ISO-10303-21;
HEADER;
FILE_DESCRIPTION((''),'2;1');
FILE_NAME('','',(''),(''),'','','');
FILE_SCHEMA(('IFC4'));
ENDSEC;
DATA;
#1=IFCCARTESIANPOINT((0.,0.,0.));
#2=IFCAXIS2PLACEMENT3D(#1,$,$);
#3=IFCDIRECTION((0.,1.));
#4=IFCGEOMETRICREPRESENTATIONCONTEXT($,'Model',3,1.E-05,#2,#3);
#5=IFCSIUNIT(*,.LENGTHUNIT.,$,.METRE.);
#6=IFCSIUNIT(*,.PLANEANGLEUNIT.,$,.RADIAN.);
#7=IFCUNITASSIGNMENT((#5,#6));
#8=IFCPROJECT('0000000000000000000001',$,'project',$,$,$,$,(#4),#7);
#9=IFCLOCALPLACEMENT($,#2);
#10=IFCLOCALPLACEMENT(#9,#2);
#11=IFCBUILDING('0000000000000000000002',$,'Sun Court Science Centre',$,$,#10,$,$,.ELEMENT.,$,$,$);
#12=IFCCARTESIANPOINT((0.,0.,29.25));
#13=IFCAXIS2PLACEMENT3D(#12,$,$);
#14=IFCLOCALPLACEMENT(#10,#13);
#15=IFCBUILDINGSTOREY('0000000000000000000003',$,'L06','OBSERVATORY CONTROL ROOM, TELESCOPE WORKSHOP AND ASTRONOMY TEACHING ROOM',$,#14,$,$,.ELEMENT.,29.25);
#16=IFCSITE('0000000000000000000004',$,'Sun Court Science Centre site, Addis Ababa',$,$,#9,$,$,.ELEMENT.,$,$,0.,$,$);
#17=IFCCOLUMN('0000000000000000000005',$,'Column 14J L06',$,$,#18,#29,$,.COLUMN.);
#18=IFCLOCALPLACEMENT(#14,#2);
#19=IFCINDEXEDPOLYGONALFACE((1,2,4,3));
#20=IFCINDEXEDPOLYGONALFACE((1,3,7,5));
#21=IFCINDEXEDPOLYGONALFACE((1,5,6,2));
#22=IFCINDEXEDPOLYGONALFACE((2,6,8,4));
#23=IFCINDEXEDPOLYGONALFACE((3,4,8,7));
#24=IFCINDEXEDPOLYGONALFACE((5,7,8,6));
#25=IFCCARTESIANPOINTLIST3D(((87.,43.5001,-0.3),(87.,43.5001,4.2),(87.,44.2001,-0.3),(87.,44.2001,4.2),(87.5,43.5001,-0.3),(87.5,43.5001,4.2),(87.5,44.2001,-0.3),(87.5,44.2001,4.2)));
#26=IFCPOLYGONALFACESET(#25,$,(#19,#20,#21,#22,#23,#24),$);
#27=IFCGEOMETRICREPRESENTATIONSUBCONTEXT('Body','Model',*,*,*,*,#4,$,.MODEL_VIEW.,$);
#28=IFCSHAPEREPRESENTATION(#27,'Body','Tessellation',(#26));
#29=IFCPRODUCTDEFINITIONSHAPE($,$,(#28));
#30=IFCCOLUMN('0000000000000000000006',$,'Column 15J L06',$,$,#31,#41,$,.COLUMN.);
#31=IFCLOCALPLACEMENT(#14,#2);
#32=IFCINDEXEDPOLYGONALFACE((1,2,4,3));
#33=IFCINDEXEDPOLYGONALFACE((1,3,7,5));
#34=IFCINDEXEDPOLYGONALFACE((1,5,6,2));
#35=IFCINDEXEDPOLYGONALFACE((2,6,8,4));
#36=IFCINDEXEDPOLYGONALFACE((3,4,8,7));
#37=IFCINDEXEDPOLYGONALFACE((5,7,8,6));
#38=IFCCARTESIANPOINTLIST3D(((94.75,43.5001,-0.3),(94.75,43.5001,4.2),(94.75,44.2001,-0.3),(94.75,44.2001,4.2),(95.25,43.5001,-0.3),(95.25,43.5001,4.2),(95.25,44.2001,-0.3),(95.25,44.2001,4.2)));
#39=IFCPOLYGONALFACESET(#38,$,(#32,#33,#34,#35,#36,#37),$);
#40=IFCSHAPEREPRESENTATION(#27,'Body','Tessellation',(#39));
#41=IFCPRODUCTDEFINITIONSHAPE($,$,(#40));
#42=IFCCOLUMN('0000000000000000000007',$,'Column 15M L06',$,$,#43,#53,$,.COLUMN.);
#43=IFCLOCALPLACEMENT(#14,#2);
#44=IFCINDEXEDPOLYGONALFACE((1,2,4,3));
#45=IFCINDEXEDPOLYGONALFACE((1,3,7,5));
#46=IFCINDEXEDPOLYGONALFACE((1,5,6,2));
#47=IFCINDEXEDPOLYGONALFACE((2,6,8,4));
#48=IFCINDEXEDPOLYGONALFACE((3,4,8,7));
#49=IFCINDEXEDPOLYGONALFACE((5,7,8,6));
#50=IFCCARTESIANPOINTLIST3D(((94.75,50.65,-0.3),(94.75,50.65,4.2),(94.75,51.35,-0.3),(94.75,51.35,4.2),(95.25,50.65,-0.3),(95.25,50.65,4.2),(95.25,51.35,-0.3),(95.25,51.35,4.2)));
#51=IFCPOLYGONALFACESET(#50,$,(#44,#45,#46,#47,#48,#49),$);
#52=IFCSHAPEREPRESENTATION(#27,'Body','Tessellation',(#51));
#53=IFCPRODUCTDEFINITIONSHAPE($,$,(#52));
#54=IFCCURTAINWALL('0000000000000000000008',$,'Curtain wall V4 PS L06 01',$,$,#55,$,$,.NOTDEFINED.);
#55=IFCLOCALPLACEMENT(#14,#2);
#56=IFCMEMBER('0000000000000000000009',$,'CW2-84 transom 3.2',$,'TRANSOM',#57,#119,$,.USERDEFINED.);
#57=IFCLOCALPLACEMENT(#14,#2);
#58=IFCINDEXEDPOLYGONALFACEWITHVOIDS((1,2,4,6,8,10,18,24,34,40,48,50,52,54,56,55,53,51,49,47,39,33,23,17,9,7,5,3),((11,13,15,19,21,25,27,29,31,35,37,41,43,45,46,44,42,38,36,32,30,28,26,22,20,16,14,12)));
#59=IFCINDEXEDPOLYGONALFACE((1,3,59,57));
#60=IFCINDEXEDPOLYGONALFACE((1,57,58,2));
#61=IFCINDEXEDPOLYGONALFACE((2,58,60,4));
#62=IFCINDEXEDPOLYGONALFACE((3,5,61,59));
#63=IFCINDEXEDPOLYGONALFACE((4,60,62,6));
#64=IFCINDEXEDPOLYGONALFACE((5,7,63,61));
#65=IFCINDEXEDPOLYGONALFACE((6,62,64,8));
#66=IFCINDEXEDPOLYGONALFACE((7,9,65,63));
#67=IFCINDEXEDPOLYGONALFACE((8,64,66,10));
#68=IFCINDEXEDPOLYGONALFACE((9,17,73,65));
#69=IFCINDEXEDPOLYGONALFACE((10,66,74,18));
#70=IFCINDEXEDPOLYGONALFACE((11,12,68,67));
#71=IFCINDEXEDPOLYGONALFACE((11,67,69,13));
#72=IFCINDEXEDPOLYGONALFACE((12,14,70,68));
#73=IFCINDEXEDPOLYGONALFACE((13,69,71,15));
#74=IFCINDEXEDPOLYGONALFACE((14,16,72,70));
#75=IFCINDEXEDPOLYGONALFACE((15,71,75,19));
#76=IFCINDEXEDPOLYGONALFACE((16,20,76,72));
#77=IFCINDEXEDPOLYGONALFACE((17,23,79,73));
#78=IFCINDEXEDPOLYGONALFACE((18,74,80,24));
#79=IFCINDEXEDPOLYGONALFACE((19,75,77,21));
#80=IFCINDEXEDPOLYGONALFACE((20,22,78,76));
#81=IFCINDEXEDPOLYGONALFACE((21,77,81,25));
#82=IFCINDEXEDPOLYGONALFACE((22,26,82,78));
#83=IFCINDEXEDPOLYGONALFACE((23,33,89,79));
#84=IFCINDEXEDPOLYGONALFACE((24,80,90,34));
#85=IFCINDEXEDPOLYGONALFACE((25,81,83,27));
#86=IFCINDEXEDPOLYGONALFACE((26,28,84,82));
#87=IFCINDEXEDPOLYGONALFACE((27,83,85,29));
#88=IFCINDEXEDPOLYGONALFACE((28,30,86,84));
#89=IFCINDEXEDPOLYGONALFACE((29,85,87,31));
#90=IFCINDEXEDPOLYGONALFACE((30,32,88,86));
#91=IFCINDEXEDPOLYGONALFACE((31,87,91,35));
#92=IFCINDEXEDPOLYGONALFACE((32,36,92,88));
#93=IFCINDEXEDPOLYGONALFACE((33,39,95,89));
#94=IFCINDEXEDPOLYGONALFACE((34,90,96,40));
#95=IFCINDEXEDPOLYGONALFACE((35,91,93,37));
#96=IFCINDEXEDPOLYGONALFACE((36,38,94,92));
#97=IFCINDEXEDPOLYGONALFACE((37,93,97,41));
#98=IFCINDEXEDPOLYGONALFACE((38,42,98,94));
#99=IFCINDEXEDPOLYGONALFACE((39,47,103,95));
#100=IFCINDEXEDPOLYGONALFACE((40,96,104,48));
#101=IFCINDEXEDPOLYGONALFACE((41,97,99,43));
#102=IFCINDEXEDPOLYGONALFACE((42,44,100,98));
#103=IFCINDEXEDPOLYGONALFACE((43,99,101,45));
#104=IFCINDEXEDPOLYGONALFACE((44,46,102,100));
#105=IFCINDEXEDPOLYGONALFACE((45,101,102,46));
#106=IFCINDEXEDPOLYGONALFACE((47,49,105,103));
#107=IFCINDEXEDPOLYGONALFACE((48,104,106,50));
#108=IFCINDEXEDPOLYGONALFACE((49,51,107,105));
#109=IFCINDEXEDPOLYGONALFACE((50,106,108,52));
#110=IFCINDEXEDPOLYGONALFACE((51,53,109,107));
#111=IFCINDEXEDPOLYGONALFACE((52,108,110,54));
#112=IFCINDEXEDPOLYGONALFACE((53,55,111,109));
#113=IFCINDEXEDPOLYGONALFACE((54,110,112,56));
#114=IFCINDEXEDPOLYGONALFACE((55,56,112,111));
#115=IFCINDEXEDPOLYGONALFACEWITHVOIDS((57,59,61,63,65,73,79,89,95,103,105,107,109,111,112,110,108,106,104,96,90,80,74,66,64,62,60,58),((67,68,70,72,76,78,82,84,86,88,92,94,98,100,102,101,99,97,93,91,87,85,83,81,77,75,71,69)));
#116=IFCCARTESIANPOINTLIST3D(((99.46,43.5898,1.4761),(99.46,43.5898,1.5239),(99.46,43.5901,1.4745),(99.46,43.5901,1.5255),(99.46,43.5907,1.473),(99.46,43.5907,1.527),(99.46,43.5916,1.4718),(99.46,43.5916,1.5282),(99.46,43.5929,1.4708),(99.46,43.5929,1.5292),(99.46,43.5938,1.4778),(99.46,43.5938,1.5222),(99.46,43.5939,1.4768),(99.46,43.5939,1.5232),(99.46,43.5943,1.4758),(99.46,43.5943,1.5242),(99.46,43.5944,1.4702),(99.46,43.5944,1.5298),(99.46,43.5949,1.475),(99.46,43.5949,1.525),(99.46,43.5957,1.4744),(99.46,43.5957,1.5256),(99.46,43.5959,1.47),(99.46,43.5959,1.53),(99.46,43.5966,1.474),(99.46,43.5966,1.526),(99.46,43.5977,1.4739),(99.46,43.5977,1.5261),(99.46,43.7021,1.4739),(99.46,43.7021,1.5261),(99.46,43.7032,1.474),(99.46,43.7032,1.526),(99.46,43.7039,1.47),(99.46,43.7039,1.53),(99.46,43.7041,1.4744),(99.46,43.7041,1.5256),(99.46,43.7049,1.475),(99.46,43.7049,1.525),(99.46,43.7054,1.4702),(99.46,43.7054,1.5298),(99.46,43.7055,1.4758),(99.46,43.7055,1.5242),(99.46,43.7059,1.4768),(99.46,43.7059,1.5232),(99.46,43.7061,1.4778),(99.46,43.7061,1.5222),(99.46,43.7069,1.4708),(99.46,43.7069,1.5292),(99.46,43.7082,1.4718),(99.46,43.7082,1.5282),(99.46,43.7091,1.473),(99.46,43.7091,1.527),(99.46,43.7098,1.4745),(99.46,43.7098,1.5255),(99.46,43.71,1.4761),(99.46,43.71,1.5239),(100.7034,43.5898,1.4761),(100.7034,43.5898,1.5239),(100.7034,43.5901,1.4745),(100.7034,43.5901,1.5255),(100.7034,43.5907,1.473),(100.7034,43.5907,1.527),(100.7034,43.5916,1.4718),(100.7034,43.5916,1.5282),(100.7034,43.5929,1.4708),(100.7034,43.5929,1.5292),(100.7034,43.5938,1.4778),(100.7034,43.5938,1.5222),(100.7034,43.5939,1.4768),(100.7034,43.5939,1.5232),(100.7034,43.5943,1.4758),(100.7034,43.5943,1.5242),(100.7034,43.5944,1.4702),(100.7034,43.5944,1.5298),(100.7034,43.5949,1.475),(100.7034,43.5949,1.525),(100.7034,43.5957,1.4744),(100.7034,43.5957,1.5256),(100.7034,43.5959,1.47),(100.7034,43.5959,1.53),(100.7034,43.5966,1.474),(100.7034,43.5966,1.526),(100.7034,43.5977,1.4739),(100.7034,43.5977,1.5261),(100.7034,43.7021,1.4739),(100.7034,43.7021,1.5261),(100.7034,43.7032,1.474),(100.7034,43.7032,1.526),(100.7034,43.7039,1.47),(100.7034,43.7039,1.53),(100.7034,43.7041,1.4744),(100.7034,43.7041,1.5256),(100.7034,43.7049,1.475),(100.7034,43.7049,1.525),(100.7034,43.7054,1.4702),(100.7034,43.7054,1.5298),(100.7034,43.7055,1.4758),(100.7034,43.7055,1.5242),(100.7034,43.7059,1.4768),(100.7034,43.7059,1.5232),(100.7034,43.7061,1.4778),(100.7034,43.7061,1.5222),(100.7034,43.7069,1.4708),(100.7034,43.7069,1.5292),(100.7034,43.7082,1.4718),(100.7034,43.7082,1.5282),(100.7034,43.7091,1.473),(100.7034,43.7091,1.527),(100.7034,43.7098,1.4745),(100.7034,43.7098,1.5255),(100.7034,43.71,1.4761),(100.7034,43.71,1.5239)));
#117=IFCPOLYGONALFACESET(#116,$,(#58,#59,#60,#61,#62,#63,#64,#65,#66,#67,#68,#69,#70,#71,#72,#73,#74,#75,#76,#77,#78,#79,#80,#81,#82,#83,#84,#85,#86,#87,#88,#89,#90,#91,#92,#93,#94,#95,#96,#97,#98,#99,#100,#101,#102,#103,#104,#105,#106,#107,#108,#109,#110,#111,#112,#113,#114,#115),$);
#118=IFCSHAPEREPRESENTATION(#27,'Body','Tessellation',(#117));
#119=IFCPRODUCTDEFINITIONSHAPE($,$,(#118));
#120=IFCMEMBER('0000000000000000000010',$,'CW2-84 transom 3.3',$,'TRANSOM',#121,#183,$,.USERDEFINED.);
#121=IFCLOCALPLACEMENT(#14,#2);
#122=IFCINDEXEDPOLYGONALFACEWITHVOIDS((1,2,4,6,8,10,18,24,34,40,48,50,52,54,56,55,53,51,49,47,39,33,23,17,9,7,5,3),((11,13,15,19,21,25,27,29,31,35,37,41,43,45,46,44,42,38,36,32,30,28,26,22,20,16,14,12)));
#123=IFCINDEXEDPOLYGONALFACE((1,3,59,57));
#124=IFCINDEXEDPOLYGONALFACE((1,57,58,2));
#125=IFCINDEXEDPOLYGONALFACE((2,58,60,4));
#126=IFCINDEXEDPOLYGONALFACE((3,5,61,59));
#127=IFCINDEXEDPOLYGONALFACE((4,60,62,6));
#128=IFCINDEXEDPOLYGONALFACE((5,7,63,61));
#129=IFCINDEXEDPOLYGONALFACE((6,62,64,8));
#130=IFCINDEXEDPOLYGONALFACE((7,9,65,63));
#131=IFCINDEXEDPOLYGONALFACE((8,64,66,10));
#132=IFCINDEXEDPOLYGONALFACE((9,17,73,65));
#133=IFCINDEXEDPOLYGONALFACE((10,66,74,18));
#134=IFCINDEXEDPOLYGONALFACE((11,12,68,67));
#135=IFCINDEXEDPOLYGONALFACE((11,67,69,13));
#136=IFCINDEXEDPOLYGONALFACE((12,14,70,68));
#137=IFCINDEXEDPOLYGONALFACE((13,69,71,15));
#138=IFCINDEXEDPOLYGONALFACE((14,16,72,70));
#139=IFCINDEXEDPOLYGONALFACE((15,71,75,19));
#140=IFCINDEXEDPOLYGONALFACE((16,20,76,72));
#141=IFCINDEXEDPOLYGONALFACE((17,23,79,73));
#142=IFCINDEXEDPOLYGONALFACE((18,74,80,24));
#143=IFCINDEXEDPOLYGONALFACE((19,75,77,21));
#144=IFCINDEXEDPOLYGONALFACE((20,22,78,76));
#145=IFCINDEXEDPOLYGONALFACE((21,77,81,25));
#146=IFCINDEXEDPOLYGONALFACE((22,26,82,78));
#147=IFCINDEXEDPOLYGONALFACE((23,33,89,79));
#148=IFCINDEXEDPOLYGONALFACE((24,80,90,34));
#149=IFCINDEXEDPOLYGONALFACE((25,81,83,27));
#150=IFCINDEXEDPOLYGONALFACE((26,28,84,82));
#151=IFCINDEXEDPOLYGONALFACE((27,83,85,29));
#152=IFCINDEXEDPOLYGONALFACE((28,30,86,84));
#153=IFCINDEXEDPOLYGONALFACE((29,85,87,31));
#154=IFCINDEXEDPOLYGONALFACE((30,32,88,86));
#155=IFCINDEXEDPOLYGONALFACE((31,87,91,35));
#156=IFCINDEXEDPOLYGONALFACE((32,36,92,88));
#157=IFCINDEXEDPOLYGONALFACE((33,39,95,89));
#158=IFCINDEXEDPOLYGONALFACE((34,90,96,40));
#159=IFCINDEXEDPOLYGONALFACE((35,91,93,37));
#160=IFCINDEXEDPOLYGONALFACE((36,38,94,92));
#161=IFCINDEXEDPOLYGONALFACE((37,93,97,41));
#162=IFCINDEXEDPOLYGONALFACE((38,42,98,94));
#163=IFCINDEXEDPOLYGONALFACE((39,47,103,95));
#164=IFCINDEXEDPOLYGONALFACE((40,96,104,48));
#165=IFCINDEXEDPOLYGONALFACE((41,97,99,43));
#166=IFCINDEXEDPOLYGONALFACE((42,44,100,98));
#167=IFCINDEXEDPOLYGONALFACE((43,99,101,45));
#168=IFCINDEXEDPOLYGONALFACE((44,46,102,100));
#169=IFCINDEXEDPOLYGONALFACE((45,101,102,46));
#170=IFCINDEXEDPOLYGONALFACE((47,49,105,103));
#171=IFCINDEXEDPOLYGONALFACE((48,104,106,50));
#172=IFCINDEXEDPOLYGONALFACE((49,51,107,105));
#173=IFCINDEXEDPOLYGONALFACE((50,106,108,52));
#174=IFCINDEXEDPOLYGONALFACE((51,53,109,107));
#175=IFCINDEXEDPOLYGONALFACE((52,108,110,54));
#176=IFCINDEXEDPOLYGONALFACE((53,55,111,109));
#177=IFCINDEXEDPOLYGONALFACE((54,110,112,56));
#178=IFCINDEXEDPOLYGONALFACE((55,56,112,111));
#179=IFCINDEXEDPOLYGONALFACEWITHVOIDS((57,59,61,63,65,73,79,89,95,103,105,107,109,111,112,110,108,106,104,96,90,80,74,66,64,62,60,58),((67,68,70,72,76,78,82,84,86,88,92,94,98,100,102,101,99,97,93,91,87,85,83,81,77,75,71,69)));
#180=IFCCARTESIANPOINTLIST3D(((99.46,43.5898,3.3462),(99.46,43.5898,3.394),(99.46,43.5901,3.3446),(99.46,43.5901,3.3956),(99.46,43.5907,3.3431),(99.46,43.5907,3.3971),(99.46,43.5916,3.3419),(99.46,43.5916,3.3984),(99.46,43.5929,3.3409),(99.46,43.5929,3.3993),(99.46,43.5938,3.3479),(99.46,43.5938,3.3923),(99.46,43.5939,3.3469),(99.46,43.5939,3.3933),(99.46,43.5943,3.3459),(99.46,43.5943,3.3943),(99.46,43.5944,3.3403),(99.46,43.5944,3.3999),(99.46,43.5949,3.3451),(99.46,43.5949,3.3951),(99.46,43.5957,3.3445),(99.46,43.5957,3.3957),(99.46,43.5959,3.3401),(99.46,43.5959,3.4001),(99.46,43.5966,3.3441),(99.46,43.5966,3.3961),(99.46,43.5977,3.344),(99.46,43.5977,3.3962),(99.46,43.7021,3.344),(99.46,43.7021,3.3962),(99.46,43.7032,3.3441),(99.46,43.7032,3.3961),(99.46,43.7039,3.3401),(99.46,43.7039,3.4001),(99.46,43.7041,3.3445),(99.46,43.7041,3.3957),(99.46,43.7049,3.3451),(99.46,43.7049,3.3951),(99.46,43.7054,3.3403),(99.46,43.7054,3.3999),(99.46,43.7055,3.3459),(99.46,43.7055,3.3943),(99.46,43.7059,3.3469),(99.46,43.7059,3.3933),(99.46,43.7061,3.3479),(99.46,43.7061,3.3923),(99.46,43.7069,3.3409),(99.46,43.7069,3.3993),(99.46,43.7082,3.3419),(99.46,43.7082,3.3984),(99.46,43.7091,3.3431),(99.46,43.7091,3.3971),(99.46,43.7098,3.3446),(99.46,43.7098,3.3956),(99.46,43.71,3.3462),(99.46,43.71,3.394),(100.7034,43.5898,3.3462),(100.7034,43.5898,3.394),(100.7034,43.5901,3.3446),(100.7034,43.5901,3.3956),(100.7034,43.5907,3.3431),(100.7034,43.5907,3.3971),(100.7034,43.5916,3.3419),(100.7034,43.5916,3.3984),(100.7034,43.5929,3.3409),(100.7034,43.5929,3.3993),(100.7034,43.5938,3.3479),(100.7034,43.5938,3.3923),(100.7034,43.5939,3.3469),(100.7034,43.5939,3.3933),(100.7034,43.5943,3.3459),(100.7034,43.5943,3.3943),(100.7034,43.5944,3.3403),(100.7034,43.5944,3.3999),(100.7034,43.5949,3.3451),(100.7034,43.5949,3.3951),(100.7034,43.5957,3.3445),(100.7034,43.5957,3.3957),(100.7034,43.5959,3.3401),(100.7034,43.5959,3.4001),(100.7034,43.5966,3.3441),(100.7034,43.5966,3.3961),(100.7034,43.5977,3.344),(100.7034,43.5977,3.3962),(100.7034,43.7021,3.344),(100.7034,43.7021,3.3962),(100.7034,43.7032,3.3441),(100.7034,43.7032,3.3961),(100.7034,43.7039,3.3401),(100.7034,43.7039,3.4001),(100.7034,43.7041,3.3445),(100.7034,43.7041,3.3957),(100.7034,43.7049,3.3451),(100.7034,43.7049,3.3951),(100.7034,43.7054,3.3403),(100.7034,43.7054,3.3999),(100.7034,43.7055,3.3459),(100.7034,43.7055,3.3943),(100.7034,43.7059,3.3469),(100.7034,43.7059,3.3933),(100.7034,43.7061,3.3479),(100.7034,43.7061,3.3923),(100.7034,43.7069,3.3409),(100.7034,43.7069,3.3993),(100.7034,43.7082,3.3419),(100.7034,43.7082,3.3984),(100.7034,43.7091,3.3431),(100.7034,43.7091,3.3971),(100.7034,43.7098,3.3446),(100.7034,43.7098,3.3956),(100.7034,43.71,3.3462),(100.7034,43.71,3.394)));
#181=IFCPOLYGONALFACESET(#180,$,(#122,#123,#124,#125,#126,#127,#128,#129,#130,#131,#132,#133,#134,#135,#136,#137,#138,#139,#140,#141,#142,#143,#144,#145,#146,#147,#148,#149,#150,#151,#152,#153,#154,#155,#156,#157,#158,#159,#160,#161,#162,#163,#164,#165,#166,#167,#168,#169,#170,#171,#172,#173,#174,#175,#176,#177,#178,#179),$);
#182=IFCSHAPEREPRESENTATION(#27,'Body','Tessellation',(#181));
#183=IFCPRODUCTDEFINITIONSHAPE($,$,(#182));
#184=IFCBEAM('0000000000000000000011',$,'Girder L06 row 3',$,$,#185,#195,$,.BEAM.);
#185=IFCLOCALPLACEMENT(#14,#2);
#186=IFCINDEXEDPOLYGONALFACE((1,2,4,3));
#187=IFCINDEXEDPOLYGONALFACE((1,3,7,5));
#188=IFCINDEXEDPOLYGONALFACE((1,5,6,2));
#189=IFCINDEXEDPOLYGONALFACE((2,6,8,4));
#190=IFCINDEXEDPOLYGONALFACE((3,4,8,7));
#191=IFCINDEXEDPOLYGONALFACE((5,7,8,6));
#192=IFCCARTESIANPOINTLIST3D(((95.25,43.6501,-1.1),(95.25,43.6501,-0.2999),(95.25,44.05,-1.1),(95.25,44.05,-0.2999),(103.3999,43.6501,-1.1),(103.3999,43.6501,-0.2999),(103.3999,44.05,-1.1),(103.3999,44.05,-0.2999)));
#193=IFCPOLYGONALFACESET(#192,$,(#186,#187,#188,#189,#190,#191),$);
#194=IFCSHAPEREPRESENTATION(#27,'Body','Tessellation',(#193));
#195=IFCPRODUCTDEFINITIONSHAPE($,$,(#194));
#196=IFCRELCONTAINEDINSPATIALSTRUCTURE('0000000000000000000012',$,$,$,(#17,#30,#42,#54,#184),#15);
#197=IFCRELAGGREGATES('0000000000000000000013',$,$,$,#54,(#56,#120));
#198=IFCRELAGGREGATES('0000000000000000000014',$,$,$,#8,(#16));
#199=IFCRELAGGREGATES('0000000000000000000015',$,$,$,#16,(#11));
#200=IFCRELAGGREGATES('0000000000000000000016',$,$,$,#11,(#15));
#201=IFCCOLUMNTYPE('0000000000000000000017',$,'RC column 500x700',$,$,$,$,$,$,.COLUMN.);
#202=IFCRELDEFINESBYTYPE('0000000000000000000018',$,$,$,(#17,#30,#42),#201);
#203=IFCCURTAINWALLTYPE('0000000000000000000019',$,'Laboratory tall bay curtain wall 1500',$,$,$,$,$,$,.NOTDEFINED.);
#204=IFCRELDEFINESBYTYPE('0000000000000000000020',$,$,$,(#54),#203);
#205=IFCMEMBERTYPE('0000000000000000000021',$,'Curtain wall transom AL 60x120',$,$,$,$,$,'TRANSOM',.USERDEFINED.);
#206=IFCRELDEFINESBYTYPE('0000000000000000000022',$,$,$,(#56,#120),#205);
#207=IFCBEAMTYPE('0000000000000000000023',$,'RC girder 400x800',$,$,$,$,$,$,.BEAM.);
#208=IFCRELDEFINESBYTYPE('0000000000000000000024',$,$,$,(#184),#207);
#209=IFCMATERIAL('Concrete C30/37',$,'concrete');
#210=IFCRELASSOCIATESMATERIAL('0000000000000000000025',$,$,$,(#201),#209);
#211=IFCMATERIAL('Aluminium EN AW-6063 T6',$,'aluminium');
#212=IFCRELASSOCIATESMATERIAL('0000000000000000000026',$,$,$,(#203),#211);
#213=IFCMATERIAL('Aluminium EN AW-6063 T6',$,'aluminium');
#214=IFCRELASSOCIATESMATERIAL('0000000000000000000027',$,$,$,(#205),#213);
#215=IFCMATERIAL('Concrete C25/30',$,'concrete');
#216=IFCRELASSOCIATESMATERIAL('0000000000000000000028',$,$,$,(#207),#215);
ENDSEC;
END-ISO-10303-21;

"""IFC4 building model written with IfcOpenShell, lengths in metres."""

from ifc_helpers import new_model, si_unit, direction, frame, origin, origin_2d, place, context, subcontext, project, spatial, rectangle, hollow_rectangle, extrude, material, material_profile, profile_set, type_object, element, aggregate, save


model = new_model("IFC4")

# Units and contexts
model_context = context("Model", 3, precision=1e-05, world=origin(), true_north=direction((0.0, 1.0)))
body_context = subcontext(model_context, "Body", "Model", "MODEL_VIEW")
ifc_project = project(units=[si_unit("LENGTHUNIT", "METRE"), si_unit("PLANEANGLEUNIT", "RADIAN")], contexts=[model_context])

# Site, building, storey
site_placement = place(None, origin())
site = spatial("IfcSite", under=ifc_project, at=site_placement, Name="Sun Court Science Centre site, Addis Ababa", CompositionType="ELEMENT", RefElevation=0.0)
building_placement = place(site_placement, origin())
building = spatial("IfcBuilding", under=site, at=building_placement, Name="Sun Court Science Centre", CompositionType="ELEMENT")
storey_placement = place(building_placement, frame((0.0, 0.0, 29.25)))
storey = spatial("IfcBuildingStorey", under=building, at=storey_placement, Name="L06", Description="OBSERVATORY CONTROL ROOM, TELESCOPE WORKSHOP AND ASTRONOMY TEACHING ROOM", CompositionType="ELEMENT", Elevation=29.25)

# Columns
ifc_material_1 = material(Name="Concrete C30/37", Category="concrete")
ifc_material_profile_1 = material_profile(ifc_material_1, rectangle(XDim=0.5, YDim=0.7, at=origin_2d()), Name="RC 500x700")
ifc_profile_set_1 = profile_set([ifc_material_profile_1], Name="Concrete C30/37")
column_type = type_object("IfcColumnType", Name="RC column 500x700", PredefinedType="COLUMN", material=ifc_profile_set_1)
for number, where, z_axis, x_axis, name in (
    (1, (87.25, 43.8501, -0.3), (0.0, 0.0, 1.0), (1.0, 0.0, 0.0), "Column 14J L06"),
    (2, (95.0, 43.8501, -0.3), (0.0, 0.0, 1.0), (1.0, 0.0, 0.0), "Column 15J L06"),
    (3, (95.0, 51.0, -0.3), (0.0, 0.0, 1.0), (1.0, 0.0, 0.0), "Column 15M L06"),
):
    element("IfcColumn", number, at=place(storey_placement, frame(where, z_axis=z_axis, x_axis=x_axis)), inside=storey, type_object=column_type, Name=name, PredefinedType="COLUMN", context=body_context, shape_type="SweptSolid", body=[
        extrude(rectangle(XDim=0.5, YDim=0.7, at=origin_2d()), origin(), (0.0, 0.0, 1.0), 4.5),
    ])

# Curtain wall, members
ifc_material_2 = material(Name="Aluminium EN AW-6063 T6", Category="aluminium")
curtain_wall_type = type_object("IfcCurtainWallType", Name="Laboratory tall bay curtain wall 1500", PredefinedType="NOTDEFINED", material=ifc_material_2)
curtain_wall_placement = place(storey_placement, origin())
curtain_wall = element("IfcCurtainWall", 4, at=curtain_wall_placement, inside=storey, type_object=curtain_wall_type, Name="Curtain wall V4 PS L06 01", PredefinedType="NOTDEFINED")
ifc_material_3 = material(Name="Aluminium EN AW-6063 T6", Category="aluminium")
ifc_material_profile_2 = material_profile(ifc_material_3, hollow_rectangle(XDim=0.0601, YDim=0.1201, WallThickness=0.0039, InnerFilletRadius=0.0039, OuterFilletRadius=0.0061, at=origin_2d()), Name="AL 60x120x4")
ifc_profile_set_2 = profile_set([ifc_material_profile_2], Name="Aluminium EN AW-6063 T6")
member_type = type_object("IfcMemberType", Name="Curtain wall transom AL 60x120", ElementType="TRANSOM", PredefinedType="USERDEFINED", material=ifc_profile_set_2)
member_1_placement = place(storey_placement, frame((100.7034, 43.6499, 1.5), z_axis=(-1.0, 0.0, 0.0), x_axis=(0.0, 0.0, 1.0)))
member_1 = element("IfcMember", 5, at=member_1_placement, type_object=member_type, Name="CW2-84 transom 3.2", ObjectType="TRANSOM", PredefinedType="USERDEFINED", context=body_context, shape_type="SweptSolid", body=[
    extrude(hollow_rectangle(XDim=0.0601, YDim=0.1201, WallThickness=0.0039, InnerFilletRadius=0.0039, OuterFilletRadius=0.0061, at=origin_2d()), origin(), (0.0, 0.0, 1.0), 1.2434),
])
member_2_placement = place(storey_placement, frame((100.7034, 43.6499, 3.3701), z_axis=(-1.0, 0.0, 0.0), x_axis=(0.0, 0.0, 1.0)))
member_2 = element("IfcMember", 6, at=member_2_placement, type_object=member_type, Name="CW2-84 transom 3.3", ObjectType="TRANSOM", PredefinedType="USERDEFINED", context=body_context, shape_type="SweptSolid", body=[
    extrude(hollow_rectangle(XDim=0.0601, YDim=0.1201, WallThickness=0.0039, InnerFilletRadius=0.0039, OuterFilletRadius=0.0061, at=origin_2d()), origin(), (0.0, 0.0, 1.0), 1.2434),
])
aggregate(curtain_wall, [member_1, member_2])

# Beam
ifc_material_4 = material(Name="Concrete C25/30", Category="concrete")
ifc_material_profile_3 = material_profile(ifc_material_4, rectangle(XDim=0.3999, YDim=0.8, at=origin_2d()), Name="RC 400x800")
ifc_profile_set_3 = profile_set([ifc_material_profile_3], Name="Concrete C25/30")
beam_type_1 = type_object("IfcBeamType", Name="RC girder 400x800", PredefinedType="BEAM", material=ifc_profile_set_3)
for number, where, z_axis, x_axis, name in (
    (7, (95.25, 43.8501, -0.7), (1.0, 0.0, 0.0), (0.0, 1.0, 0.0), "Girder L06 row 3"),
):
    element("IfcBeam", number, at=place(storey_placement, frame(where, z_axis=z_axis, x_axis=x_axis)), inside=storey, type_object=beam_type_1, Name=name, PredefinedType="BEAM", context=body_context, shape_type="SweptSolid", body=[
        extrude(rectangle(XDim=0.3999, YDim=0.8, at=origin_2d()), origin(), (0.0, 0.0, 1.0), 8.1499),
    ])

save(model, "model.ifc")
